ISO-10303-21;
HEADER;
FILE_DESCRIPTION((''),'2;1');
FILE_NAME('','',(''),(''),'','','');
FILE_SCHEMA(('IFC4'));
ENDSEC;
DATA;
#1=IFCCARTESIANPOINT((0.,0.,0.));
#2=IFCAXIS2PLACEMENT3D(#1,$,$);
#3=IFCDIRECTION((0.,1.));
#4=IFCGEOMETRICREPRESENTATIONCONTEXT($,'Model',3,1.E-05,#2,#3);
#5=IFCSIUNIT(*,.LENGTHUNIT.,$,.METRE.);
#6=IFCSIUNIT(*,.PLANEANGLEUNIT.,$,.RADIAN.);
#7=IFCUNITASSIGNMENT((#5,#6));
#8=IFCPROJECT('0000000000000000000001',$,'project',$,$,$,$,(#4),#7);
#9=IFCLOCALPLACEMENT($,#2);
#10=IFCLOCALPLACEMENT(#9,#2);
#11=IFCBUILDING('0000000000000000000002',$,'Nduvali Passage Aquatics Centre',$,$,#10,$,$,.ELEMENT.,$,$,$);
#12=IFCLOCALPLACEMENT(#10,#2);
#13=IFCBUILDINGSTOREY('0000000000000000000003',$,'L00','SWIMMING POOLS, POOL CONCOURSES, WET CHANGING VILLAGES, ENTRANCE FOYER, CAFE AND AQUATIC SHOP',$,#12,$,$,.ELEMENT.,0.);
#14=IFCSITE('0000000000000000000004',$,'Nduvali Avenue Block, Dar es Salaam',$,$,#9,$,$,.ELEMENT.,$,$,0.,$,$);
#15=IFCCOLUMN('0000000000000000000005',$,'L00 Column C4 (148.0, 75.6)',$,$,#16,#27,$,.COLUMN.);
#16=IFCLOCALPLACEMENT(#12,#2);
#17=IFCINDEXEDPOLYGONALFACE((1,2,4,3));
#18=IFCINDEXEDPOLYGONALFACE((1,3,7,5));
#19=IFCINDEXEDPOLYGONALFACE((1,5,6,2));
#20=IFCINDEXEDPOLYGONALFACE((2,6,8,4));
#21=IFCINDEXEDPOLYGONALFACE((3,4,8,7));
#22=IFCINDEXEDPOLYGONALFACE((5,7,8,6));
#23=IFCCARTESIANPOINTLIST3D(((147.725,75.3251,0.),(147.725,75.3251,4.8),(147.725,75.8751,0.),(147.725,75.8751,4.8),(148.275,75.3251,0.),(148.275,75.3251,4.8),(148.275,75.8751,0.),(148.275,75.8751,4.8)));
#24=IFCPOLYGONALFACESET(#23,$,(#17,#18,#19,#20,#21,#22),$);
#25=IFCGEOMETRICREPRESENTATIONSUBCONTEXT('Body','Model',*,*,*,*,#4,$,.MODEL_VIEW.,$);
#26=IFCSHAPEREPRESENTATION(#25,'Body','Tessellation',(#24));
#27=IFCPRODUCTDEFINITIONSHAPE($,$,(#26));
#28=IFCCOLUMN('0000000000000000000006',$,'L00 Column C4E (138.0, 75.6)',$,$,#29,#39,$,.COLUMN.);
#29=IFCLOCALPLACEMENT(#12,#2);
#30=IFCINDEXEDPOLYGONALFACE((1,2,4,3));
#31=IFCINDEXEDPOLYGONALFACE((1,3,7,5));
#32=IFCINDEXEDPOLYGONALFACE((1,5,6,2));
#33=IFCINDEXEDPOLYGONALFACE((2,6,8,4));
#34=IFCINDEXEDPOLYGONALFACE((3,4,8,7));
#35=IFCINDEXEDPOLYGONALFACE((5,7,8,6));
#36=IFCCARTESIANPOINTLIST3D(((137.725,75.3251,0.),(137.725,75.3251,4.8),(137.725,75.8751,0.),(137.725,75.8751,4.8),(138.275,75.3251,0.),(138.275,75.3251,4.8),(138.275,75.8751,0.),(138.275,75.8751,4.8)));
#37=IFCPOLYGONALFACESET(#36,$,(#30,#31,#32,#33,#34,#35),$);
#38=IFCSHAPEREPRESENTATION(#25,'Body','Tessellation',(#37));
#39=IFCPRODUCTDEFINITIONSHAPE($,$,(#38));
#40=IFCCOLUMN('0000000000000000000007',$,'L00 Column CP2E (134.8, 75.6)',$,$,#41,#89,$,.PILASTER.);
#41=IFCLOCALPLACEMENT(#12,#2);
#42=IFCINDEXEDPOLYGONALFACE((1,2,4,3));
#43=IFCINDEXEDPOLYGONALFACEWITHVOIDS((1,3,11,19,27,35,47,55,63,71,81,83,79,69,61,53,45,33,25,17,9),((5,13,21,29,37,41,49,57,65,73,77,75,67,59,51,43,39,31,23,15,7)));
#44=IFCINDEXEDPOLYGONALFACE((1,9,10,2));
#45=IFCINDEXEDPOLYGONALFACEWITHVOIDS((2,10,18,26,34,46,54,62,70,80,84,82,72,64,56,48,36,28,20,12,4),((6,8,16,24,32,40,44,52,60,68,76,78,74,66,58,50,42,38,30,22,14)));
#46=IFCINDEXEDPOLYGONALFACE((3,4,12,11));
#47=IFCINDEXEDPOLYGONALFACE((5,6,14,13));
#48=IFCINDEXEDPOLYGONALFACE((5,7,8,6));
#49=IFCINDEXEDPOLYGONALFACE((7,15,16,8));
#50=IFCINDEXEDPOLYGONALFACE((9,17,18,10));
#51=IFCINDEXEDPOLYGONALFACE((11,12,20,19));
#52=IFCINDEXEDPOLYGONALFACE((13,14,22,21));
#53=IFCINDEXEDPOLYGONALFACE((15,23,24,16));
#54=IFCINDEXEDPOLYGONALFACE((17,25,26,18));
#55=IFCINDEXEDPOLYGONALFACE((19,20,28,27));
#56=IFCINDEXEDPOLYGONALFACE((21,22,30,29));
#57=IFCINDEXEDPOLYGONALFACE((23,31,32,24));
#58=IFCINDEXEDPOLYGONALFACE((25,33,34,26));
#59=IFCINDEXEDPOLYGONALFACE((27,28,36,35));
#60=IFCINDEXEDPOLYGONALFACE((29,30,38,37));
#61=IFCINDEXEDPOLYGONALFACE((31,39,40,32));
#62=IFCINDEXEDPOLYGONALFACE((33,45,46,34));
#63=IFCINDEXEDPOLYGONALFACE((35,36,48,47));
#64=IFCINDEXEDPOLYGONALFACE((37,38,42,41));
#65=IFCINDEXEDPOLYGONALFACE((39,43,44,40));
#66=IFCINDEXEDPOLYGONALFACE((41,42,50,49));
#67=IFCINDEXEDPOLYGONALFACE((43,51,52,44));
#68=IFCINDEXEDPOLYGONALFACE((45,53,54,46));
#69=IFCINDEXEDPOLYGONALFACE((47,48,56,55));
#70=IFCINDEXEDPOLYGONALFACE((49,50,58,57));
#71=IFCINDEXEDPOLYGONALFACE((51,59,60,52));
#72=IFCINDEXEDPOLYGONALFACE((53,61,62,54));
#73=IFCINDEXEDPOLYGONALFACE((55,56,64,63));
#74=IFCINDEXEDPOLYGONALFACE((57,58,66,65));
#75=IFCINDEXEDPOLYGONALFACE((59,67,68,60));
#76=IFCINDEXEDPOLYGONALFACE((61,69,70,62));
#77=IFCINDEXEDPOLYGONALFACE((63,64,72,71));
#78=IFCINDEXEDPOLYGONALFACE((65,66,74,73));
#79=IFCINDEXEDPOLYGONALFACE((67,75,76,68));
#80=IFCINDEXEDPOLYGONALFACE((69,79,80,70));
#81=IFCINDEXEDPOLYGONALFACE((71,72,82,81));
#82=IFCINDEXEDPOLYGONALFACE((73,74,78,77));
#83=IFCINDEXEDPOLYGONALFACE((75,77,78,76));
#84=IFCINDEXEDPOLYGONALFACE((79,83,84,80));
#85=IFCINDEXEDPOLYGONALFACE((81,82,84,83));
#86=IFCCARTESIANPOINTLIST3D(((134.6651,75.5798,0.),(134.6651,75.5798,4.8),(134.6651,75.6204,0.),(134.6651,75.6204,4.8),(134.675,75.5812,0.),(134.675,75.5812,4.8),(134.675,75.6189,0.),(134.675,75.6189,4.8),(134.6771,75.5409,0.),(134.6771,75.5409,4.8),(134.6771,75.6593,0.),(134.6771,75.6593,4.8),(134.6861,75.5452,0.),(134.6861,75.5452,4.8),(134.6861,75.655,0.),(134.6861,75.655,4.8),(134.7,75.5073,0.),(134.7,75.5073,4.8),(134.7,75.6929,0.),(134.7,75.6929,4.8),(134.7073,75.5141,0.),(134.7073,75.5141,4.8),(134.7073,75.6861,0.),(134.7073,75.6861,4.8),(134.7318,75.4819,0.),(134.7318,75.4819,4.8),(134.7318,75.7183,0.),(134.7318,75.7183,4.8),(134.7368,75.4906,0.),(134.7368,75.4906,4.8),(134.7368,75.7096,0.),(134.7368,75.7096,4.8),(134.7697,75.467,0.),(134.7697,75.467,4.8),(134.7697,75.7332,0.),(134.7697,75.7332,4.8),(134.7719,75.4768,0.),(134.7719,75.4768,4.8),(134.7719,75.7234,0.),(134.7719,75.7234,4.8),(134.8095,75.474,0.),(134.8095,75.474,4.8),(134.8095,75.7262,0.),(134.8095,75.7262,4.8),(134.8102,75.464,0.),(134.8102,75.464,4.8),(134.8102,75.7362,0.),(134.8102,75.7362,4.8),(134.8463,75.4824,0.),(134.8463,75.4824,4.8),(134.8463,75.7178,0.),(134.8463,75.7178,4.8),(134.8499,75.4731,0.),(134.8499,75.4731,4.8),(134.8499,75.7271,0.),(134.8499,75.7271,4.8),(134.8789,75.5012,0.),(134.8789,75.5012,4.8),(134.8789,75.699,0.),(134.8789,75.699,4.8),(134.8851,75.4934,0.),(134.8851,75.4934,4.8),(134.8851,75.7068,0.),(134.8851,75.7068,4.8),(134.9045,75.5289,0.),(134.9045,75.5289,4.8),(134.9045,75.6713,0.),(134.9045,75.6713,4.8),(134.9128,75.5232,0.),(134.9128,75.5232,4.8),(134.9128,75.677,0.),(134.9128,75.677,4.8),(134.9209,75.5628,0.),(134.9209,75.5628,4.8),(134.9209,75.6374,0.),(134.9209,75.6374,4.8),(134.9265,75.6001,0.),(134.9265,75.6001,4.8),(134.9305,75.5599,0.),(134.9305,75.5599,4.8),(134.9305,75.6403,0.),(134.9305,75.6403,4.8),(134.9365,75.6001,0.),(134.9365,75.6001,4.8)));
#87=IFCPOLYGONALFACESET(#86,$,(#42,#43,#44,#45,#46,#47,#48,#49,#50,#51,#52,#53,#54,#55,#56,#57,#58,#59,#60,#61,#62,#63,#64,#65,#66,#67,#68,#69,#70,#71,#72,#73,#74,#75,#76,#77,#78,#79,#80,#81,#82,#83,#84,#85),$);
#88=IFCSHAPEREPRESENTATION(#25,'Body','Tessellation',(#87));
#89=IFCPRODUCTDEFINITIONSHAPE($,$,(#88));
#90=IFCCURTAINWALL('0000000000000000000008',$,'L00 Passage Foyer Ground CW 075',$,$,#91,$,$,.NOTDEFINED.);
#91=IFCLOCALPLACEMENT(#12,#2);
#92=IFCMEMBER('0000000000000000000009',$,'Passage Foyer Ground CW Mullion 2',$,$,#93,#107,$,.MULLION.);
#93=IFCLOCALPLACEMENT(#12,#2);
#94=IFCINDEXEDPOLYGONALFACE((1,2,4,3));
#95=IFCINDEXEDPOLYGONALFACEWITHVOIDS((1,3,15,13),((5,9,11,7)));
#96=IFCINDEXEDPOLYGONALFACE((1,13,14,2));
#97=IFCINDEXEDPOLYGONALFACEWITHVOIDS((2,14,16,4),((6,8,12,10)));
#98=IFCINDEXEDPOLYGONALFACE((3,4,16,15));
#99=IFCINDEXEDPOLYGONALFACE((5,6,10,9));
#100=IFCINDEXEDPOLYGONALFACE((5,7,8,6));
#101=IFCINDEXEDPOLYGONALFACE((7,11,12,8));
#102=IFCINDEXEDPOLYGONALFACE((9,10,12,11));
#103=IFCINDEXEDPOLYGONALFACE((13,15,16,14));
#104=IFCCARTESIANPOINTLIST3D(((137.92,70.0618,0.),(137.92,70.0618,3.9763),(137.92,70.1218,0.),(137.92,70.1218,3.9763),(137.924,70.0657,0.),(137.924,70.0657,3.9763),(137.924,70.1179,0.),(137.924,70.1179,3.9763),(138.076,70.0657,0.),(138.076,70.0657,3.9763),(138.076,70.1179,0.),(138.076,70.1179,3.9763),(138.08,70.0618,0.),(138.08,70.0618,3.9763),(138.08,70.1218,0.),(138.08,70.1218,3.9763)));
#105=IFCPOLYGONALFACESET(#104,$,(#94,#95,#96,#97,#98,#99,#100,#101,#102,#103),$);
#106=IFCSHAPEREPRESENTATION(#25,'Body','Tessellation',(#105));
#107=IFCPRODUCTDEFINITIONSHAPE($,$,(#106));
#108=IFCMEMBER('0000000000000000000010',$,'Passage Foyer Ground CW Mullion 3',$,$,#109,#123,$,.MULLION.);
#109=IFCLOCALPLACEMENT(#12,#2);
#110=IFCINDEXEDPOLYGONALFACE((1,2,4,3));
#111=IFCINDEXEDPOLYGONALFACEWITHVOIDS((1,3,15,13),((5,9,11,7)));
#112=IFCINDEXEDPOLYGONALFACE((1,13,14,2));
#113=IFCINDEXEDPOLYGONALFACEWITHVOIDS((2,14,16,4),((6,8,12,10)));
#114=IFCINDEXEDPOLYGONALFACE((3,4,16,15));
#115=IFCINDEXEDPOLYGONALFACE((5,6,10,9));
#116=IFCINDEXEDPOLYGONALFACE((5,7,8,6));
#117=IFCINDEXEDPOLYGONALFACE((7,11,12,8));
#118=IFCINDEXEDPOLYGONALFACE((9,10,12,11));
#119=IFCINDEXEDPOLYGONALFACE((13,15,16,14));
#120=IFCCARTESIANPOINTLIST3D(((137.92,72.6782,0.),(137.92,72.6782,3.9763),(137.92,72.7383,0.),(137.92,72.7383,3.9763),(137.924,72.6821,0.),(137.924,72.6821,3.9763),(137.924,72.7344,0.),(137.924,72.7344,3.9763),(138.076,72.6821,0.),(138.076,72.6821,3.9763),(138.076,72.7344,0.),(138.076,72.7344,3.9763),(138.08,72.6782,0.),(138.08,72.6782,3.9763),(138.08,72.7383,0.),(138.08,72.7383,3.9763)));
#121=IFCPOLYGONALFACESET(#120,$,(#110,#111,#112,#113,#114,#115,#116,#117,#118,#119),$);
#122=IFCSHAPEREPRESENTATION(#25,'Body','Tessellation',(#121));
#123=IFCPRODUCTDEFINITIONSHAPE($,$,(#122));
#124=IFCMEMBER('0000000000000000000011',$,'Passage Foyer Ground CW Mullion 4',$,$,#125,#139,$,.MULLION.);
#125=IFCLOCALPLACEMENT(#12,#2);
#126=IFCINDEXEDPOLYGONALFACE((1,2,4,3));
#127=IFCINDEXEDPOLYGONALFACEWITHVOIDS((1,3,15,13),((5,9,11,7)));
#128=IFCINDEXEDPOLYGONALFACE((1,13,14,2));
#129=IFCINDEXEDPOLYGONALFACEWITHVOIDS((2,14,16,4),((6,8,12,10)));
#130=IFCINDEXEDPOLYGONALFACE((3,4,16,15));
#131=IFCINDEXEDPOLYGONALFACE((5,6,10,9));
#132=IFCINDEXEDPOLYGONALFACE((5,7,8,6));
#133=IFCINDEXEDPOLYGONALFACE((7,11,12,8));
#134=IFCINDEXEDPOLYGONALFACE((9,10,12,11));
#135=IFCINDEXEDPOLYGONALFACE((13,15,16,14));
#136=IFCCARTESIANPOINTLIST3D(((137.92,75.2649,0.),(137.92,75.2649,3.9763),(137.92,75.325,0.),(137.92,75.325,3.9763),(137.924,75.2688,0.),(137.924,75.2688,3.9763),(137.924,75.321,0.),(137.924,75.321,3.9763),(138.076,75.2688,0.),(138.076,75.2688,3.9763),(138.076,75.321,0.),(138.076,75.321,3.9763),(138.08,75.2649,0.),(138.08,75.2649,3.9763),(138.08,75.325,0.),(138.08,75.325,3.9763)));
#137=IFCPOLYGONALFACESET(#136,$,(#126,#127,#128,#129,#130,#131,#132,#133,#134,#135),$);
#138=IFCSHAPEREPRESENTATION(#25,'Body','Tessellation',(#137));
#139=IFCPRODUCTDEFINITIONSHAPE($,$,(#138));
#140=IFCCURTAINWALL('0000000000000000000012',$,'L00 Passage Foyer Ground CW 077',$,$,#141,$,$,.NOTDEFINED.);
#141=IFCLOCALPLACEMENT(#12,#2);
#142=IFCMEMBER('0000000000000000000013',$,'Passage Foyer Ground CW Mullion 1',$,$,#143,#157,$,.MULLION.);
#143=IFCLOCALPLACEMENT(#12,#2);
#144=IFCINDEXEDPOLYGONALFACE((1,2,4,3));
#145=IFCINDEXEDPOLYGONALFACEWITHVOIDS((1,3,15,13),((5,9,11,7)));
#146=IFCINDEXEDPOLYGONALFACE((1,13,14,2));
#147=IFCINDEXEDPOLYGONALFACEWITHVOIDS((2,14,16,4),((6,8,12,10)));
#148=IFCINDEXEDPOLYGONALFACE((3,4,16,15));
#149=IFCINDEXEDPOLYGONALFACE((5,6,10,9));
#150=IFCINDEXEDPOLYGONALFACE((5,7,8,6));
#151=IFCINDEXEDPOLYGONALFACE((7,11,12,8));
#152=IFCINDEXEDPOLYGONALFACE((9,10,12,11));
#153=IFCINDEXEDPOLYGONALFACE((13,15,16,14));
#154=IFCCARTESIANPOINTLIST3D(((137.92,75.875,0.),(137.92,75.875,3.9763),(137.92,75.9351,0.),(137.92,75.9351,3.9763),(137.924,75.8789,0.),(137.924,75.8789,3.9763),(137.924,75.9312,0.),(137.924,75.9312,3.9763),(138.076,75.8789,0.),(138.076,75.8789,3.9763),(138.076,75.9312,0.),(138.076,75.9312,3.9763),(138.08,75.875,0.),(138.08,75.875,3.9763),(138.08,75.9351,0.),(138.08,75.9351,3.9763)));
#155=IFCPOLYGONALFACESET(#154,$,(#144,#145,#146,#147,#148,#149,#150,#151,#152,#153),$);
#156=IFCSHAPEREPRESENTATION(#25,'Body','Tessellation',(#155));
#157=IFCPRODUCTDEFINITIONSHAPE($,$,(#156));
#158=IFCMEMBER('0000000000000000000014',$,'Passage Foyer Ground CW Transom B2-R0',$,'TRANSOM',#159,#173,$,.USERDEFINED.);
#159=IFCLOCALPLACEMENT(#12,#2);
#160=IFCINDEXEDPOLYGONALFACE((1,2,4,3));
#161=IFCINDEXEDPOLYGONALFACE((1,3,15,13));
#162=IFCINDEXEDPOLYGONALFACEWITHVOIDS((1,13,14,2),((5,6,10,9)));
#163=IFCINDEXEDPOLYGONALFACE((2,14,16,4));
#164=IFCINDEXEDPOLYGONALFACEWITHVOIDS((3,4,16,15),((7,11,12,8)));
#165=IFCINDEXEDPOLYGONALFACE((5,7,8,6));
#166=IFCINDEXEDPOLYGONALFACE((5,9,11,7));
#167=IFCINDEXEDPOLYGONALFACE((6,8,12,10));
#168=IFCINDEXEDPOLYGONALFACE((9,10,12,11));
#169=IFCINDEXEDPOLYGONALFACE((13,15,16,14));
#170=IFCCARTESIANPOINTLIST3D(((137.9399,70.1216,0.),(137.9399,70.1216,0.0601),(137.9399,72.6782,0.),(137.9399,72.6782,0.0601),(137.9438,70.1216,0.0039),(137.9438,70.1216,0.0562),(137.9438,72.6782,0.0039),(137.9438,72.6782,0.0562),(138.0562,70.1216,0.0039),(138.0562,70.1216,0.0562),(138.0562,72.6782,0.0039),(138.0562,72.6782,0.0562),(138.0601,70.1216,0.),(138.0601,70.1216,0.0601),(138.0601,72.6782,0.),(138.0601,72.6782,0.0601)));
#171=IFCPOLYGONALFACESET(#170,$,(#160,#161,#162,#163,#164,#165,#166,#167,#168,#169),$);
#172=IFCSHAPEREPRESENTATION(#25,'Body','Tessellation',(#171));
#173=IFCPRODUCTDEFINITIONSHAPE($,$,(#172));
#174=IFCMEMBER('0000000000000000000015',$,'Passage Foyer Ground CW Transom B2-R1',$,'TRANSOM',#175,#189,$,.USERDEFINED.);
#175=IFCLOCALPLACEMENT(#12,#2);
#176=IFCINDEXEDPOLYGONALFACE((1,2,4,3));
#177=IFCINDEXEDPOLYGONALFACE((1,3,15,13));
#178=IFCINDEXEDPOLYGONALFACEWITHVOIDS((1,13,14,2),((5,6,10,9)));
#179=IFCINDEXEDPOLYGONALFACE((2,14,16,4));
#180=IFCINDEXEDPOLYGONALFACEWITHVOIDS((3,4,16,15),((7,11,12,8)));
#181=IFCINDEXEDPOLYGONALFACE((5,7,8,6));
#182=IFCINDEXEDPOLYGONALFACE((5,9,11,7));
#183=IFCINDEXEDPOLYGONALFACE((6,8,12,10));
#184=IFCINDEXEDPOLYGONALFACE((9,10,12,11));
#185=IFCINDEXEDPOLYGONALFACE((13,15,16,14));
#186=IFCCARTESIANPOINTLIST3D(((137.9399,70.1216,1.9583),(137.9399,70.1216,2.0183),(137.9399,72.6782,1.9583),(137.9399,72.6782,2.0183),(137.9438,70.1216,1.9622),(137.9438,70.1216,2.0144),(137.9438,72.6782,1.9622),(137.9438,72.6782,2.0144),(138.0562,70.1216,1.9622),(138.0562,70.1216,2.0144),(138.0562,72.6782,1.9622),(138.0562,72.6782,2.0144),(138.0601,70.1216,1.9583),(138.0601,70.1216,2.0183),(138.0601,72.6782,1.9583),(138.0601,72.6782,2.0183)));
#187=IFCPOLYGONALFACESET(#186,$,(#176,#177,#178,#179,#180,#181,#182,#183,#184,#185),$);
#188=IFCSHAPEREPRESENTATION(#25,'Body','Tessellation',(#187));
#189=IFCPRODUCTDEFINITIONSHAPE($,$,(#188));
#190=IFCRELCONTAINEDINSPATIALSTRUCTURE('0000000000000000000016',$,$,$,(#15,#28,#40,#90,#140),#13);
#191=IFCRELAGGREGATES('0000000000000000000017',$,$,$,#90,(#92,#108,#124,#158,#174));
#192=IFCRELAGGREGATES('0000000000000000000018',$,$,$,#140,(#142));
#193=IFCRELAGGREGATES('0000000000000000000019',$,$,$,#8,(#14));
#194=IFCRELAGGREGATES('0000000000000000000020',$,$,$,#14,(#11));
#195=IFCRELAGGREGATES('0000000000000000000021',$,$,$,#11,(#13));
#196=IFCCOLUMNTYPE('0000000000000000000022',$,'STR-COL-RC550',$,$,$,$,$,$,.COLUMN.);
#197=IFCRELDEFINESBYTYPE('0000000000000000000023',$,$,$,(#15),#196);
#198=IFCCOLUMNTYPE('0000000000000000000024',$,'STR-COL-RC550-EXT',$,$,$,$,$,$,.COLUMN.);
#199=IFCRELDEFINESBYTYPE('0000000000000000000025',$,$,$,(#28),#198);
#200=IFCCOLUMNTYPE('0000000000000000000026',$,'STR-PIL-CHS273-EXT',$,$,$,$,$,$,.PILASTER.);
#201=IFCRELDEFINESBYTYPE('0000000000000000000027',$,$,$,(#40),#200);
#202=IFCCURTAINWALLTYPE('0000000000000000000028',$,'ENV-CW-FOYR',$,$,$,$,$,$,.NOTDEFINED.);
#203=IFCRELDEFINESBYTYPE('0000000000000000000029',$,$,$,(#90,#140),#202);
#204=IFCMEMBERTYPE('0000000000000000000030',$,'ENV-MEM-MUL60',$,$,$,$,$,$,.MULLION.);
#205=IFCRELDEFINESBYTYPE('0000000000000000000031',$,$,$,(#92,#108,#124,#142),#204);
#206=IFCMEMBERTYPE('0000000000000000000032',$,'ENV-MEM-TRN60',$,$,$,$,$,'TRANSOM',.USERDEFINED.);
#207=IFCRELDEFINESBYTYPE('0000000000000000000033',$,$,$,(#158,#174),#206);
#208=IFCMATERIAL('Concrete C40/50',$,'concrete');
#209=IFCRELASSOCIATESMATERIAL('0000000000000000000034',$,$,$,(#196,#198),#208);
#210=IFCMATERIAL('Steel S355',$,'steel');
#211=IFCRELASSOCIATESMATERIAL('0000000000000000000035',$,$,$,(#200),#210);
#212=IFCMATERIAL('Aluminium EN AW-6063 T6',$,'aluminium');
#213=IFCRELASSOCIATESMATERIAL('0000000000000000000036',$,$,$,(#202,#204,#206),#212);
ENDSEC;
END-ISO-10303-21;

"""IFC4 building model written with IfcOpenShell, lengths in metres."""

from ifc_helpers import new_model, si_unit, direction, frame, origin, origin_2d, place, context, subcontext, project, spatial, rectangle, hollow_rectangle, hollow_circle, extrude, material, material_profile, profile_set, type_object, element, aggregate, save


model = new_model("IFC4")

# Units and contexts
model_context = context("Model", 3, precision=1e-05, world=origin(), true_north=direction((0.0, 1.0)))
body_context = subcontext(model_context, "Body", "Model", "MODEL_VIEW")
ifc_project = project(units=[si_unit("LENGTHUNIT", "METRE"), si_unit("PLANEANGLEUNIT", "RADIAN")], contexts=[model_context])

# Site, building, storey
site_placement = place(None, origin())
site = spatial("IfcSite", under=ifc_project, at=site_placement, Name="Nduvali Avenue Block, Dar es Salaam", CompositionType="ELEMENT", RefElevation=0.0)
building_placement = place(site_placement, origin())
building = spatial("IfcBuilding", under=site, at=building_placement, Name="Nduvali Passage Aquatics Centre", CompositionType="ELEMENT")
storey_placement = place(building_placement, origin())
storey = spatial("IfcBuildingStorey", under=building, at=storey_placement, Name="L00", Description="SWIMMING POOLS, POOL CONCOURSES, WET CHANGING VILLAGES, ENTRANCE FOYER, CAFE AND AQUATIC SHOP", CompositionType="ELEMENT", Elevation=0.0)

# Columns
ifc_material_1 = material(Name="Concrete C40/50", Category="concrete")
ifc_material_profile_1 = material_profile(ifc_material_1, rectangle(XDim=0.55, YDim=0.55, at=origin_2d()), Name="RC 550x550")
ifc_profile_set_1 = profile_set([ifc_material_profile_1], Name="Concrete C40/50")
column_type_1 = type_object("IfcColumnType", Name="STR-COL-RC550", PredefinedType="COLUMN", material=ifc_profile_set_1)
column_1_placement = place(storey_placement, frame((148.0, 75.6001, 0.0), z_axis=(0.0, 0.0, 1.0), x_axis=(1.0, 0.0, 0.0)))
element("IfcColumn", 1, at=column_1_placement, inside=storey, type_object=column_type_1, Name="L00 Column C4 (148.0, 75.6)", PredefinedType="COLUMN", context=body_context, shape_type="SweptSolid", body=[
    extrude(rectangle(XDim=0.55, YDim=0.55, at=origin_2d()), origin(), (0.0, 0.0, 1.0), 4.8),
])
ifc_material_profile_2 = material_profile(ifc_material_1, rectangle(XDim=0.55, YDim=0.55, at=origin_2d()), Name="RC 550x550")
ifc_profile_set_2 = profile_set([ifc_material_profile_2], Name="Concrete C40/50")
column_type_2 = type_object("IfcColumnType", Name="STR-COL-RC550-EXT", PredefinedType="COLUMN", material=ifc_profile_set_2)
column_2_placement = place(storey_placement, frame((138.0, 75.6001, 0.0), z_axis=(0.0, 0.0, 1.0), x_axis=(1.0, 0.0, 0.0)))
element("IfcColumn", 2, at=column_2_placement, inside=storey, type_object=column_type_2, Name="L00 Column C4E (138.0, 75.6)", PredefinedType="COLUMN", context=body_context, shape_type="SweptSolid", body=[
    extrude(rectangle(XDim=0.55, YDim=0.55, at=origin_2d()), origin(), (0.0, 0.0, 1.0), 4.8),
])
ifc_material_2 = material(Name="Steel S355", Category="steel")
ifc_material_profile_3 = material_profile(ifc_material_2, hollow_circle(Radius=0.1365, WallThickness=0.01, at=origin_2d()), Name="CHS 273.0x10.0")
ifc_profile_set_3 = profile_set([ifc_material_profile_3], Name="Steel S355")
column_type_3 = type_object("IfcColumnType", Name="STR-PIL-CHS273-EXT", PredefinedType="PILASTER", material=ifc_profile_set_3)
column_3_placement = place(storey_placement, frame((134.8, 75.6001, 0.0), z_axis=(0.0, 0.0, 1.0), x_axis=(1.0, 0.0, 0.0)))
element("IfcColumn", 3, at=column_3_placement, inside=storey, type_object=column_type_3, Name="L00 Column CP2E (134.8, 75.6)", PredefinedType="PILASTER", context=body_context, shape_type="SweptSolid", body=[
    extrude(hollow_circle(Radius=0.1365, WallThickness=0.01, at=origin_2d()), origin(), (0.0, 0.0, 1.0), 4.8),
])

# Curtain wall, members
ifc_material_3 = material(Name="Aluminium EN AW-6063 T6", Category="aluminium")
curtain_wall_type = type_object("IfcCurtainWallType", Name="ENV-CW-FOYR", PredefinedType="NOTDEFINED", material=ifc_material_3)
curtain_wall_1_placement = place(storey_placement, origin())
curtain_wall_1 = element("IfcCurtainWall", 4, at=curtain_wall_1_placement, inside=storey, type_object=curtain_wall_type, Name="L00 Passage Foyer Ground CW 075", PredefinedType="NOTDEFINED")
ifc_material_profile_4 = material_profile(ifc_material_3, hollow_rectangle(XDim=0.0601, YDim=0.1599, WallThickness=0.0039, at=origin_2d()), Name="ALU MULLION 60x160x4")
ifc_profile_set_4 = profile_set([ifc_material_profile_4], Name="Aluminium EN AW-6063 T6")
member_type_1 = type_object("IfcMemberType", Name="ENV-MEM-MUL60", PredefinedType="MULLION", material=ifc_profile_set_4)
member_1_placement = place(storey_placement, frame((138.0, 70.0918, 0.0), z_axis=(0.0, 0.0, 1.0), x_axis=(0.0, 1.0, 0.0)))
member_1 = element("IfcMember", 5, at=member_1_placement, type_object=member_type_1, Name="Passage Foyer Ground CW Mullion 2", PredefinedType="MULLION", context=body_context, shape_type="SweptSolid", body=[
    extrude(hollow_rectangle(XDim=0.0601, YDim=0.1599, WallThickness=0.0039, at=origin_2d()), origin(), (0.0, 0.0, 1.0), 3.9763),
])
member_2_placement = place(storey_placement, frame((138.0, 72.7083, 0.0), z_axis=(0.0, 0.0, 1.0), x_axis=(0.0, 1.0, 0.0)))
member_2 = element("IfcMember", 6, at=member_2_placement, type_object=member_type_1, Name="Passage Foyer Ground CW Mullion 3", PredefinedType="MULLION", context=body_context, shape_type="SweptSolid", body=[
    extrude(hollow_rectangle(XDim=0.0601, YDim=0.1599, WallThickness=0.0039, at=origin_2d()), origin(), (0.0, 0.0, 1.0), 3.9763),
])
member_3_placement = place(storey_placement, frame((138.0, 75.2949, 0.0), z_axis=(0.0, 0.0, 1.0), x_axis=(0.0, 1.0, 0.0)))
member_3 = element("IfcMember", 7, at=member_3_placement, type_object=member_type_1, Name="Passage Foyer Ground CW Mullion 4", PredefinedType="MULLION", context=body_context, shape_type="SweptSolid", body=[
    extrude(hollow_rectangle(XDim=0.0601, YDim=0.1599, WallThickness=0.0039, at=origin_2d()), origin(), (0.0, 0.0, 1.0), 3.9763),
])

# Curtain wall, member
curtain_wall_2_placement = place(storey_placement, origin())
curtain_wall_2 = element("IfcCurtainWall", 8, at=curtain_wall_2_placement, inside=storey, type_object=curtain_wall_type, Name="L00 Passage Foyer Ground CW 077", PredefinedType="NOTDEFINED")
member_4_placement = place(storey_placement, frame((138.0, 75.905, 0.0), z_axis=(0.0, 0.0, 1.0), x_axis=(0.0, 1.0, 0.0)))
member_4 = element("IfcMember", 9, at=member_4_placement, type_object=member_type_1, Name="Passage Foyer Ground CW Mullion 1", PredefinedType="MULLION", context=body_context, shape_type="SweptSolid", body=[
    extrude(hollow_rectangle(XDim=0.0601, YDim=0.1599, WallThickness=0.0039, at=origin_2d()), origin(), (0.0, 0.0, 1.0), 3.9763),
])

# Members
ifc_material_profile_5 = material_profile(ifc_material_3, hollow_rectangle(XDim=0.1201, YDim=0.0601, WallThickness=0.0039, at=origin_2d()), Name="ALU TRANSOM 120x60x4")
ifc_profile_set_5 = profile_set([ifc_material_profile_5], Name="Aluminium EN AW-6063 T6")
member_type_2 = type_object("IfcMemberType", Name="ENV-MEM-TRN60", ElementType="TRANSOM", PredefinedType="USERDEFINED", material=ifc_profile_set_5)
member_5_placement = place(storey_placement, frame((138.0, 70.1216, 0.03), z_axis=(0.0, 1.0, 0.0), x_axis=(-1.0, 0.0, 0.0)))
member_5 = element("IfcMember", 10, at=member_5_placement, type_object=member_type_2, Name="Passage Foyer Ground CW Transom B2-R0", ObjectType="TRANSOM", PredefinedType="USERDEFINED", context=body_context, shape_type="SweptSolid", body=[
    extrude(hollow_rectangle(XDim=0.1201, YDim=0.0601, WallThickness=0.0039, at=origin_2d()), origin(), (0.0, 0.0, 1.0), 2.5566),
])
member_6_placement = place(storey_placement, frame((138.0, 70.1216, 1.9883), z_axis=(0.0, 1.0, 0.0), x_axis=(-1.0, 0.0, 0.0)))
member_6 = element("IfcMember", 11, at=member_6_placement, type_object=member_type_2, Name="Passage Foyer Ground CW Transom B2-R1", ObjectType="TRANSOM", PredefinedType="USERDEFINED", context=body_context, shape_type="SweptSolid", body=[
    extrude(hollow_rectangle(XDim=0.1201, YDim=0.0601, WallThickness=0.0039, at=origin_2d()), origin(), (0.0, 0.0, 1.0), 2.5566),
])

aggregate(curtain_wall_1, [member_1, member_2, member_3, member_5, member_6])
aggregate(curtain_wall_2, [member_4])

save(model, "model.ifc")
